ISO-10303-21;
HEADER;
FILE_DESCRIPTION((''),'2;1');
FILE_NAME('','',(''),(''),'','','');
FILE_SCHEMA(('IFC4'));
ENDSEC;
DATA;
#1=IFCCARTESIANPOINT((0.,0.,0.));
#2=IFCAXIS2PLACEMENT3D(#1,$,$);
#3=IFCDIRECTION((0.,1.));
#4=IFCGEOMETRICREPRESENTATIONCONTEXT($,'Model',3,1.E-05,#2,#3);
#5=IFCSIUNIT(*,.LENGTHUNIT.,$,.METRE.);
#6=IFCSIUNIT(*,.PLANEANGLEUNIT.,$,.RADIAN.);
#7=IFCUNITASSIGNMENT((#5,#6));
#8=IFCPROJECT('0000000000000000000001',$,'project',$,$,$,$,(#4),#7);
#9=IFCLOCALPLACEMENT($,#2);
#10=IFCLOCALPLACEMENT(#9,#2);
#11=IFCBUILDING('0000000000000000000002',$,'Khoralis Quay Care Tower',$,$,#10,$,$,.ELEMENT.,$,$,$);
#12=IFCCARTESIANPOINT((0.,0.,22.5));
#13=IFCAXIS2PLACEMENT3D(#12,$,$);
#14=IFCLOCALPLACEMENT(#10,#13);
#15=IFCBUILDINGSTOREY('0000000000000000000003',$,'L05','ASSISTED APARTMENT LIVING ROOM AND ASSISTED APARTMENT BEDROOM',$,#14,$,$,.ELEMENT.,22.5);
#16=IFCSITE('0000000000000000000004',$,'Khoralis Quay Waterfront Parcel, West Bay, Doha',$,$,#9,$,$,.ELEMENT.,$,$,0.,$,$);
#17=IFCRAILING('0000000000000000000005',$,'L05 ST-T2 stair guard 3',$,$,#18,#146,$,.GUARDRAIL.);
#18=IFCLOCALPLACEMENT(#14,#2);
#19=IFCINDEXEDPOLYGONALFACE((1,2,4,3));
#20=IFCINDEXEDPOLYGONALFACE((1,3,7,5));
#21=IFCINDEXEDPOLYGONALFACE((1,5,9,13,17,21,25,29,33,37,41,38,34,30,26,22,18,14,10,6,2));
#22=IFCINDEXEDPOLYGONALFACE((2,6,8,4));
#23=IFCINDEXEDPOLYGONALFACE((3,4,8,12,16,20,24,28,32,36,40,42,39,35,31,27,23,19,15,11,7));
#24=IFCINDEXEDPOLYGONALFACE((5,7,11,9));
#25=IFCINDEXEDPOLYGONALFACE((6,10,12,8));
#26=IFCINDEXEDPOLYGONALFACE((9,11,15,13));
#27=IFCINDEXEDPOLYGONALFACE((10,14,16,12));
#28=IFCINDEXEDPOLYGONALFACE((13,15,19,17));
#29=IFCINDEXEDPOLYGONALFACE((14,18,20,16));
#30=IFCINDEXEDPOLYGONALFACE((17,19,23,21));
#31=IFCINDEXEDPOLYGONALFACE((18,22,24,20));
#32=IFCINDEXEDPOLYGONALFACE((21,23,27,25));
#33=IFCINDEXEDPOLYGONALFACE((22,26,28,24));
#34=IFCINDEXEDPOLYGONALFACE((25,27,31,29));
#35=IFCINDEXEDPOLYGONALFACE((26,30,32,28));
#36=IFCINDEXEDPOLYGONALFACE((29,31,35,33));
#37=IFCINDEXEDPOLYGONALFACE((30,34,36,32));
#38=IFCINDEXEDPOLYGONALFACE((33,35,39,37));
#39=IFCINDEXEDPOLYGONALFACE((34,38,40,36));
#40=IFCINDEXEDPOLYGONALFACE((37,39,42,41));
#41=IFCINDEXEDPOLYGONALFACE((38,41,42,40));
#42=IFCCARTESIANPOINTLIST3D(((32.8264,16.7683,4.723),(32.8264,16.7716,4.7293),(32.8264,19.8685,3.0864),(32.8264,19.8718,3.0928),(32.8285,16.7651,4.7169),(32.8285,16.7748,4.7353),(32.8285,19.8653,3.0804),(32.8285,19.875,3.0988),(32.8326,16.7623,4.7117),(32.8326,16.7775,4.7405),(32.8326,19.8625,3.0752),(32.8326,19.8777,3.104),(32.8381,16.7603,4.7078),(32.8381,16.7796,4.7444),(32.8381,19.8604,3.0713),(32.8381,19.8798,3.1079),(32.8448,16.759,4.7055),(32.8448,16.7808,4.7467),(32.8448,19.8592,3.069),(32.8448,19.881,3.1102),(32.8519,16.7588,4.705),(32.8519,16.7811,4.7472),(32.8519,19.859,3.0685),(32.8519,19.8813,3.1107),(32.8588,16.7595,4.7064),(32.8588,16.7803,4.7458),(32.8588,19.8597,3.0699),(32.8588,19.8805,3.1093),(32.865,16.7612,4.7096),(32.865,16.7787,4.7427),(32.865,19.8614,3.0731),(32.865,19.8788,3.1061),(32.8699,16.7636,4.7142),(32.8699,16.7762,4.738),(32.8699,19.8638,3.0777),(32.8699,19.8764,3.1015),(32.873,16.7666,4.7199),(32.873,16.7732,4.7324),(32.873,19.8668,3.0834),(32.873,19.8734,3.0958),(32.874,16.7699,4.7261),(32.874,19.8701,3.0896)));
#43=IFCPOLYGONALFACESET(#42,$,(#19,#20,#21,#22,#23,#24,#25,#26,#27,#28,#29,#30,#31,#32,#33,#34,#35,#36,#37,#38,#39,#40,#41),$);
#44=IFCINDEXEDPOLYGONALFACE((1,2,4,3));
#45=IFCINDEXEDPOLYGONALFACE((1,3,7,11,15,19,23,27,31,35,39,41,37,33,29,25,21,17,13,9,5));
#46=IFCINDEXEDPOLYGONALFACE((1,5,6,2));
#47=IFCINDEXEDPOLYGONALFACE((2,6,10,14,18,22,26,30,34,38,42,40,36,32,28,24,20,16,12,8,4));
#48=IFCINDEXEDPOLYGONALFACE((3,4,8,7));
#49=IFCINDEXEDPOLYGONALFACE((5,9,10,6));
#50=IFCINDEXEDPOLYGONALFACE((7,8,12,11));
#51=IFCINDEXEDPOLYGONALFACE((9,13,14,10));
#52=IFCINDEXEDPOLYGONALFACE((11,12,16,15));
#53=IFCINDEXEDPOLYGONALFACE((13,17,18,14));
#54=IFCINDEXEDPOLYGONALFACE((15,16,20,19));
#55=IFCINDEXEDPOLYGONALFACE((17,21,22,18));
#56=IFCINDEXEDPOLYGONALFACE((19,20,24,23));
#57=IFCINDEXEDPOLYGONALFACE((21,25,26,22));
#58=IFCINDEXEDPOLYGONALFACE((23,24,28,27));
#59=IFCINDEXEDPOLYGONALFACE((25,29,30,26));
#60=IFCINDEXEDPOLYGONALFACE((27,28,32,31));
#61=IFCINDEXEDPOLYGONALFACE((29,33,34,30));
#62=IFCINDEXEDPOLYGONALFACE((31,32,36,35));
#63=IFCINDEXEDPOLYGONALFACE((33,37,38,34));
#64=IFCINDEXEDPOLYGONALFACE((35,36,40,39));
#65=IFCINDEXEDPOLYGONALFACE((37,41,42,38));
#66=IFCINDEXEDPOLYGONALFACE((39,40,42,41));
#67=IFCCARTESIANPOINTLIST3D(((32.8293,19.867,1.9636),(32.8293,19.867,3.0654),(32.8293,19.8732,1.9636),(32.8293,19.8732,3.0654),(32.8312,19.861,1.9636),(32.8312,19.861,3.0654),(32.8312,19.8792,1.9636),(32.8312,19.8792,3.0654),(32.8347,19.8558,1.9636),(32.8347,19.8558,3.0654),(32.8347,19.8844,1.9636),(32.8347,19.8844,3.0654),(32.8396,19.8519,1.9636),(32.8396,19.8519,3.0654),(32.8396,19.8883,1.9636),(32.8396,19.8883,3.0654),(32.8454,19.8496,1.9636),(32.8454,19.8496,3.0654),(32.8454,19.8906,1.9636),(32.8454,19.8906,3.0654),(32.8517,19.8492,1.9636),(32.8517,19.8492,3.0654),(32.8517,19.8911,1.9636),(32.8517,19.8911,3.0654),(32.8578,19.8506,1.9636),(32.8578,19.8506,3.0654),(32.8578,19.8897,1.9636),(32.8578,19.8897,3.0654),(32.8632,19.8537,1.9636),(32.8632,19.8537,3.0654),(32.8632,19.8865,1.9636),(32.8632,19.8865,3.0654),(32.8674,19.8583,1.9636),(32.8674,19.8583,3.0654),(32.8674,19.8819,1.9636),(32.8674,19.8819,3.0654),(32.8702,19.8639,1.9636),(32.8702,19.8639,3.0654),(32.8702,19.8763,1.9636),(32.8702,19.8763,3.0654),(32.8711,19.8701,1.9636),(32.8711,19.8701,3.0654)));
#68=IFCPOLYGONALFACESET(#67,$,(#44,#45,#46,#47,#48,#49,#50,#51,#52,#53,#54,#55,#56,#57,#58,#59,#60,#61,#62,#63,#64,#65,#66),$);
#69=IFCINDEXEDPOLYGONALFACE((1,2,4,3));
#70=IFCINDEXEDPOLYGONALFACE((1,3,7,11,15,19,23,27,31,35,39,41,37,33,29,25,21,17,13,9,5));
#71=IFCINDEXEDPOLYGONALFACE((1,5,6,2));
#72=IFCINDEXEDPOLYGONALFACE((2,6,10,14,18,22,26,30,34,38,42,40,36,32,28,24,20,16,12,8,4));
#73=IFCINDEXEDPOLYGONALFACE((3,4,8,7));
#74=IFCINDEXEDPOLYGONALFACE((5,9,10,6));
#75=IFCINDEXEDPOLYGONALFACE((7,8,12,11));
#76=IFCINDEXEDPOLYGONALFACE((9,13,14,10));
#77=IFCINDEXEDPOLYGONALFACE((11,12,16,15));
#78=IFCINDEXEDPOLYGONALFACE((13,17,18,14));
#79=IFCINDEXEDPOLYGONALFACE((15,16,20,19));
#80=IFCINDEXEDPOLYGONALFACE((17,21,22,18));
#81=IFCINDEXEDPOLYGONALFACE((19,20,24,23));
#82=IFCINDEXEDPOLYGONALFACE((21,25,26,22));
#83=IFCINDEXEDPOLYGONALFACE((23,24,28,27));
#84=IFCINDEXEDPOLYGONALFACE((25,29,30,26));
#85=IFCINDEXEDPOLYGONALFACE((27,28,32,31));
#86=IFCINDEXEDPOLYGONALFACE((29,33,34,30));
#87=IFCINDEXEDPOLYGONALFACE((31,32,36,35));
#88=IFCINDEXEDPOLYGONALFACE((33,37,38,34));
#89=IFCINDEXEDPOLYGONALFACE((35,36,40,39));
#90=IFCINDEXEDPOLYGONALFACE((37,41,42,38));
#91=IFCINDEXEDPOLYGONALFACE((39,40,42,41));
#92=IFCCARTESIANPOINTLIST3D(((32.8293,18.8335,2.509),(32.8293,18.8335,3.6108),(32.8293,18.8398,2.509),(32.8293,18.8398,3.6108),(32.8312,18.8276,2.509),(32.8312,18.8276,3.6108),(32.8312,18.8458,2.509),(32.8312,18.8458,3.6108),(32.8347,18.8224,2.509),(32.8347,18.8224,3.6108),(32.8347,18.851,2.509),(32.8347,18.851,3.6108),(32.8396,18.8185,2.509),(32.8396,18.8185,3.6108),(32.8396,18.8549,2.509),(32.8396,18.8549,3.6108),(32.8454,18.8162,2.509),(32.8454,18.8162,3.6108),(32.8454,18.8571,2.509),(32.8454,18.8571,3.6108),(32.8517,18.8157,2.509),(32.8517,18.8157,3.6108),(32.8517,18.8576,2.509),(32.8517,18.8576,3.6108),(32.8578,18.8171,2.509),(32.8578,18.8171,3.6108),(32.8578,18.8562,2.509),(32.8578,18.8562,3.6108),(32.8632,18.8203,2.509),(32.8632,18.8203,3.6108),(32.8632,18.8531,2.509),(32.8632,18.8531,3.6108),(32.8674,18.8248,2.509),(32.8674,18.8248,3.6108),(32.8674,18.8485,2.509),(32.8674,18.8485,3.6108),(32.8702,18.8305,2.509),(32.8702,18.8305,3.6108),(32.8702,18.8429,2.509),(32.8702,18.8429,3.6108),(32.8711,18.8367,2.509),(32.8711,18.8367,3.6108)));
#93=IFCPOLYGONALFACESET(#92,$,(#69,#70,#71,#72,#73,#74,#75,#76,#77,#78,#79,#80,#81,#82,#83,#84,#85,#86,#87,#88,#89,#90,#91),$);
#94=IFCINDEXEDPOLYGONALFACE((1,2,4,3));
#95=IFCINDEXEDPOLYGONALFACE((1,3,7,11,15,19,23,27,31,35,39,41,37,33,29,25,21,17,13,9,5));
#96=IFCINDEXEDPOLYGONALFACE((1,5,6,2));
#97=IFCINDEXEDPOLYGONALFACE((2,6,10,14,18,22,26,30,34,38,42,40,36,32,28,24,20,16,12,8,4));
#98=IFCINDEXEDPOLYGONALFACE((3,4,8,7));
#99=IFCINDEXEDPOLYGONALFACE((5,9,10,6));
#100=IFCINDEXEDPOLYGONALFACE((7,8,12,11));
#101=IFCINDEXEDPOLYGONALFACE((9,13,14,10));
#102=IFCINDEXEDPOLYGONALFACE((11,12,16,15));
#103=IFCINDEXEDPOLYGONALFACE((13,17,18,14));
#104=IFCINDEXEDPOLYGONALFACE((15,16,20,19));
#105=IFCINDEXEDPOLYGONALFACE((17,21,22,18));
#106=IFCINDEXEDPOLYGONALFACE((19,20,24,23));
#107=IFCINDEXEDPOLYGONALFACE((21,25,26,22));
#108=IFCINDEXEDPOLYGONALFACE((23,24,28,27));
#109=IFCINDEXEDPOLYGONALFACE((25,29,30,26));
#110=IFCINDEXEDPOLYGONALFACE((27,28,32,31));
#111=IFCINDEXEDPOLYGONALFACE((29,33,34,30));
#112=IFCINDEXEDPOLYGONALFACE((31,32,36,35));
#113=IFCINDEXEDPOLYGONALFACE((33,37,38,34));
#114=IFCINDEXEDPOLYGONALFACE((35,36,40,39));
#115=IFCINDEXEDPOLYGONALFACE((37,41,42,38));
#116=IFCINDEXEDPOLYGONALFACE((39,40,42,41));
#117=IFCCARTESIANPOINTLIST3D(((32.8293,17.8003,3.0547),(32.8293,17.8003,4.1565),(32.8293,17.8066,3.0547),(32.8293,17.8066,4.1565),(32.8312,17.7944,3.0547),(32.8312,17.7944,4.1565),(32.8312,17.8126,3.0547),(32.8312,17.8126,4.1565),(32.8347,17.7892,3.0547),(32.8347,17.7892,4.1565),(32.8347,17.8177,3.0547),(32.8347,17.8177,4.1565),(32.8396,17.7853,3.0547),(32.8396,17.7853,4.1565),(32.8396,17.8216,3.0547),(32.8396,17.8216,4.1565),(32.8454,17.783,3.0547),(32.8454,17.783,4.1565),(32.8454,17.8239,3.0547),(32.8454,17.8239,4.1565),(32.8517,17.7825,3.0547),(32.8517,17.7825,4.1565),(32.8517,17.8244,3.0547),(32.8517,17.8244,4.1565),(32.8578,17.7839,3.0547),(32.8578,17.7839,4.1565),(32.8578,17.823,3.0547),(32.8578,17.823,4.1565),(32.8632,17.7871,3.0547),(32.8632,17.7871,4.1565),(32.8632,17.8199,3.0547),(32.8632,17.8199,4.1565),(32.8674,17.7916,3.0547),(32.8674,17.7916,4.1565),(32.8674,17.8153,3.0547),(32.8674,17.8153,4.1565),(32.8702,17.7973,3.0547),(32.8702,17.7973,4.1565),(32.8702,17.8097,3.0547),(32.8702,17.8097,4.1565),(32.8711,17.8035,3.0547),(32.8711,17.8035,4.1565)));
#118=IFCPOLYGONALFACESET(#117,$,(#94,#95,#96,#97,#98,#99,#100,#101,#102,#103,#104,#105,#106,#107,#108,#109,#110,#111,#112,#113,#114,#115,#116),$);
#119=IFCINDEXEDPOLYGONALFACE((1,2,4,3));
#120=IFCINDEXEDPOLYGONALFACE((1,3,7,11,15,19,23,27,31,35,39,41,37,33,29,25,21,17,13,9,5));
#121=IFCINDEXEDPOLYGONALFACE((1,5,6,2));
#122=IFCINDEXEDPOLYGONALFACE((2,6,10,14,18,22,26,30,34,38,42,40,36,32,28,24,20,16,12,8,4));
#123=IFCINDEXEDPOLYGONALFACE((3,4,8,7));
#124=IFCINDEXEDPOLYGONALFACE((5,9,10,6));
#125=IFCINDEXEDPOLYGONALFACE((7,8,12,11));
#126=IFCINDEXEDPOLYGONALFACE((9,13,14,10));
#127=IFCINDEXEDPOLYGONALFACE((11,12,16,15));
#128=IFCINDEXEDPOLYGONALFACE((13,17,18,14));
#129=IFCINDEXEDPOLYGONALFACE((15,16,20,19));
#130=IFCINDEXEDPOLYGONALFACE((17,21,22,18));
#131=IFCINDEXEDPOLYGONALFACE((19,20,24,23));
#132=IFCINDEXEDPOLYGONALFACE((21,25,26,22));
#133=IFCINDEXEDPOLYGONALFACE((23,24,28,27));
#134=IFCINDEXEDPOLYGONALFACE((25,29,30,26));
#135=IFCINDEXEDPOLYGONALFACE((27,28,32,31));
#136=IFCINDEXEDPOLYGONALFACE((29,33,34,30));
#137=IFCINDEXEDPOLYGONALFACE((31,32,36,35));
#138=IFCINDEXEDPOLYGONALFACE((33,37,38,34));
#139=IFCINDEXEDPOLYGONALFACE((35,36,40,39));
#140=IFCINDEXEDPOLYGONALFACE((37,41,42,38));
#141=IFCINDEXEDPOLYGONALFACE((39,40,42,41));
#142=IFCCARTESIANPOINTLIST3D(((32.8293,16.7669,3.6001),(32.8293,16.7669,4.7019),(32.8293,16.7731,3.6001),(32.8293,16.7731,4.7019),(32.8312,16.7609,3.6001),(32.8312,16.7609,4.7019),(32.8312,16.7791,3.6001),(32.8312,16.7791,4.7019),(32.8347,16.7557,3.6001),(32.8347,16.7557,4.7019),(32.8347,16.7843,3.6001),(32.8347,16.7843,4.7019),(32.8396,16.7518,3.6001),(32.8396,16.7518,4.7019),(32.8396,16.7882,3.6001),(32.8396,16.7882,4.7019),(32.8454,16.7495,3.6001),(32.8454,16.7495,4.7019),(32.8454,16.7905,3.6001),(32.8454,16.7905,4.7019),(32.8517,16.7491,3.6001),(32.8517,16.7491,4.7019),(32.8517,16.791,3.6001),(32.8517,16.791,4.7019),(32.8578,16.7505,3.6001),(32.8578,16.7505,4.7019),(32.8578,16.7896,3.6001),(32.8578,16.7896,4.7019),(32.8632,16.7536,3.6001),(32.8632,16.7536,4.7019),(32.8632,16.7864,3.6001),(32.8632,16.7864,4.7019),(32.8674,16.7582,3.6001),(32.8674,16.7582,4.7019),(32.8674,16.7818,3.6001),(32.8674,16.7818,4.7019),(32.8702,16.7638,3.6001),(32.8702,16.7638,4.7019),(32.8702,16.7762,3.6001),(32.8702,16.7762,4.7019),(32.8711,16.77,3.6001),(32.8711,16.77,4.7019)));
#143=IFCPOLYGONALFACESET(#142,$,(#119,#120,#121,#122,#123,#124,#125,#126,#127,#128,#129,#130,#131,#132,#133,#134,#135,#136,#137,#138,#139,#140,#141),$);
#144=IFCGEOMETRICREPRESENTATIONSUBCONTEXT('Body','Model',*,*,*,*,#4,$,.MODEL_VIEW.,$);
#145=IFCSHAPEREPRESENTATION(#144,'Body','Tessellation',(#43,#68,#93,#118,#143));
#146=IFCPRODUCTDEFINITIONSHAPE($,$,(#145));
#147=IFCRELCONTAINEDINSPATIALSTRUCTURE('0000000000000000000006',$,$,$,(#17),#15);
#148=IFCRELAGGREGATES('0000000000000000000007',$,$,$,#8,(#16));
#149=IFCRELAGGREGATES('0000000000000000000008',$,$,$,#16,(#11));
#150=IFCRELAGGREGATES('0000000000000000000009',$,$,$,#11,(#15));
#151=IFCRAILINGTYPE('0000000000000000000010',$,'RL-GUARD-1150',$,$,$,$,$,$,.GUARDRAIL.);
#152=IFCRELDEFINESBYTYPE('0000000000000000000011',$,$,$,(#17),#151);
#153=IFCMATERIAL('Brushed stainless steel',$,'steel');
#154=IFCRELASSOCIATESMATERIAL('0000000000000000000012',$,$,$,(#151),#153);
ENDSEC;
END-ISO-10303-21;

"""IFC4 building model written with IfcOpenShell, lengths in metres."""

from ifc_helpers import new_model, si_unit, direction, frame, origin, origin_2d, place, context, subcontext, project, spatial, circle, extrude, material, type_object, element, save


model = new_model("IFC4")

# Units and contexts
model_context = context("Model", 3, precision=1e-05, world=origin(), true_north=direction((0.0, 1.0)))
body_context = subcontext(model_context, "Body", "Model", "MODEL_VIEW")
ifc_project = project(units=[si_unit("LENGTHUNIT", "METRE"), si_unit("PLANEANGLEUNIT", "RADIAN")], contexts=[model_context])

# Site, building, storey
site_placement = place(None, origin())
site = spatial("IfcSite", under=ifc_project, at=site_placement, Name="Khoralis Quay Waterfront Parcel, West Bay, Doha", CompositionType="ELEMENT", RefElevation=0.0)
building_placement = place(site_placement, origin())
building = spatial("IfcBuilding", under=site, at=building_placement, Name="Khoralis Quay Care Tower", CompositionType="ELEMENT")
storey_placement = place(building_placement, frame((0.0, 0.0, 22.5)))
storey = spatial("IfcBuildingStorey", under=building, at=storey_placement, Name="L05", Description="ASSISTED APARTMENT LIVING ROOM AND ASSISTED APARTMENT BEDROOM", CompositionType="ELEMENT", Elevation=22.5)

# Shared definitions
ifc_material_1 = material(Name="Brushed stainless steel", Category="steel")

# Railing
railing_type_1 = type_object("IfcRailingType", Name="RL-GUARD-1150", PredefinedType="GUARDRAIL", material=ifc_material_1)
railing_1_placement = place(storey_placement, frame((32.8501, 19.8701, 1.9636)))
element("IfcRailing", 1, at=railing_1_placement, inside=storey, type_object=railing_type_1, Name="L05 ST-T2 stair guard 3", PredefinedType="GUARDRAIL", context=body_context, shape_type="SweptSolid", body=[
    extrude(circle(Radius=0.0239, at=origin_2d()), frame((0.0, 0.0, 1.126), z_axis=(0.0, -0.884348, 0.466828), x_axis=(1.0, 0.0, 0.0)), (0.0, 0.0, 1.0), 3.5056),
    extrude(circle(Radius=0.021, at=origin_2d()), origin(), (0.0, 0.0, 1.0), 1.1018),
    extrude(circle(Radius=0.021, at=origin_2d()), frame((0.0, -1.0334, 0.5454)), (0.0, 0.0, 1.0), 1.1018),
    extrude(circle(Radius=0.021, at=origin_2d()), frame((0.0, -2.0667, 1.0911)), (0.0, 0.0, 1.0), 1.1018),
    extrude(circle(Radius=0.021, at=origin_2d()), frame((0.0, -3.1001, 1.6365)), (0.0, 0.0, 1.0), 1.1018),
])

save(model, "model.ifc")
